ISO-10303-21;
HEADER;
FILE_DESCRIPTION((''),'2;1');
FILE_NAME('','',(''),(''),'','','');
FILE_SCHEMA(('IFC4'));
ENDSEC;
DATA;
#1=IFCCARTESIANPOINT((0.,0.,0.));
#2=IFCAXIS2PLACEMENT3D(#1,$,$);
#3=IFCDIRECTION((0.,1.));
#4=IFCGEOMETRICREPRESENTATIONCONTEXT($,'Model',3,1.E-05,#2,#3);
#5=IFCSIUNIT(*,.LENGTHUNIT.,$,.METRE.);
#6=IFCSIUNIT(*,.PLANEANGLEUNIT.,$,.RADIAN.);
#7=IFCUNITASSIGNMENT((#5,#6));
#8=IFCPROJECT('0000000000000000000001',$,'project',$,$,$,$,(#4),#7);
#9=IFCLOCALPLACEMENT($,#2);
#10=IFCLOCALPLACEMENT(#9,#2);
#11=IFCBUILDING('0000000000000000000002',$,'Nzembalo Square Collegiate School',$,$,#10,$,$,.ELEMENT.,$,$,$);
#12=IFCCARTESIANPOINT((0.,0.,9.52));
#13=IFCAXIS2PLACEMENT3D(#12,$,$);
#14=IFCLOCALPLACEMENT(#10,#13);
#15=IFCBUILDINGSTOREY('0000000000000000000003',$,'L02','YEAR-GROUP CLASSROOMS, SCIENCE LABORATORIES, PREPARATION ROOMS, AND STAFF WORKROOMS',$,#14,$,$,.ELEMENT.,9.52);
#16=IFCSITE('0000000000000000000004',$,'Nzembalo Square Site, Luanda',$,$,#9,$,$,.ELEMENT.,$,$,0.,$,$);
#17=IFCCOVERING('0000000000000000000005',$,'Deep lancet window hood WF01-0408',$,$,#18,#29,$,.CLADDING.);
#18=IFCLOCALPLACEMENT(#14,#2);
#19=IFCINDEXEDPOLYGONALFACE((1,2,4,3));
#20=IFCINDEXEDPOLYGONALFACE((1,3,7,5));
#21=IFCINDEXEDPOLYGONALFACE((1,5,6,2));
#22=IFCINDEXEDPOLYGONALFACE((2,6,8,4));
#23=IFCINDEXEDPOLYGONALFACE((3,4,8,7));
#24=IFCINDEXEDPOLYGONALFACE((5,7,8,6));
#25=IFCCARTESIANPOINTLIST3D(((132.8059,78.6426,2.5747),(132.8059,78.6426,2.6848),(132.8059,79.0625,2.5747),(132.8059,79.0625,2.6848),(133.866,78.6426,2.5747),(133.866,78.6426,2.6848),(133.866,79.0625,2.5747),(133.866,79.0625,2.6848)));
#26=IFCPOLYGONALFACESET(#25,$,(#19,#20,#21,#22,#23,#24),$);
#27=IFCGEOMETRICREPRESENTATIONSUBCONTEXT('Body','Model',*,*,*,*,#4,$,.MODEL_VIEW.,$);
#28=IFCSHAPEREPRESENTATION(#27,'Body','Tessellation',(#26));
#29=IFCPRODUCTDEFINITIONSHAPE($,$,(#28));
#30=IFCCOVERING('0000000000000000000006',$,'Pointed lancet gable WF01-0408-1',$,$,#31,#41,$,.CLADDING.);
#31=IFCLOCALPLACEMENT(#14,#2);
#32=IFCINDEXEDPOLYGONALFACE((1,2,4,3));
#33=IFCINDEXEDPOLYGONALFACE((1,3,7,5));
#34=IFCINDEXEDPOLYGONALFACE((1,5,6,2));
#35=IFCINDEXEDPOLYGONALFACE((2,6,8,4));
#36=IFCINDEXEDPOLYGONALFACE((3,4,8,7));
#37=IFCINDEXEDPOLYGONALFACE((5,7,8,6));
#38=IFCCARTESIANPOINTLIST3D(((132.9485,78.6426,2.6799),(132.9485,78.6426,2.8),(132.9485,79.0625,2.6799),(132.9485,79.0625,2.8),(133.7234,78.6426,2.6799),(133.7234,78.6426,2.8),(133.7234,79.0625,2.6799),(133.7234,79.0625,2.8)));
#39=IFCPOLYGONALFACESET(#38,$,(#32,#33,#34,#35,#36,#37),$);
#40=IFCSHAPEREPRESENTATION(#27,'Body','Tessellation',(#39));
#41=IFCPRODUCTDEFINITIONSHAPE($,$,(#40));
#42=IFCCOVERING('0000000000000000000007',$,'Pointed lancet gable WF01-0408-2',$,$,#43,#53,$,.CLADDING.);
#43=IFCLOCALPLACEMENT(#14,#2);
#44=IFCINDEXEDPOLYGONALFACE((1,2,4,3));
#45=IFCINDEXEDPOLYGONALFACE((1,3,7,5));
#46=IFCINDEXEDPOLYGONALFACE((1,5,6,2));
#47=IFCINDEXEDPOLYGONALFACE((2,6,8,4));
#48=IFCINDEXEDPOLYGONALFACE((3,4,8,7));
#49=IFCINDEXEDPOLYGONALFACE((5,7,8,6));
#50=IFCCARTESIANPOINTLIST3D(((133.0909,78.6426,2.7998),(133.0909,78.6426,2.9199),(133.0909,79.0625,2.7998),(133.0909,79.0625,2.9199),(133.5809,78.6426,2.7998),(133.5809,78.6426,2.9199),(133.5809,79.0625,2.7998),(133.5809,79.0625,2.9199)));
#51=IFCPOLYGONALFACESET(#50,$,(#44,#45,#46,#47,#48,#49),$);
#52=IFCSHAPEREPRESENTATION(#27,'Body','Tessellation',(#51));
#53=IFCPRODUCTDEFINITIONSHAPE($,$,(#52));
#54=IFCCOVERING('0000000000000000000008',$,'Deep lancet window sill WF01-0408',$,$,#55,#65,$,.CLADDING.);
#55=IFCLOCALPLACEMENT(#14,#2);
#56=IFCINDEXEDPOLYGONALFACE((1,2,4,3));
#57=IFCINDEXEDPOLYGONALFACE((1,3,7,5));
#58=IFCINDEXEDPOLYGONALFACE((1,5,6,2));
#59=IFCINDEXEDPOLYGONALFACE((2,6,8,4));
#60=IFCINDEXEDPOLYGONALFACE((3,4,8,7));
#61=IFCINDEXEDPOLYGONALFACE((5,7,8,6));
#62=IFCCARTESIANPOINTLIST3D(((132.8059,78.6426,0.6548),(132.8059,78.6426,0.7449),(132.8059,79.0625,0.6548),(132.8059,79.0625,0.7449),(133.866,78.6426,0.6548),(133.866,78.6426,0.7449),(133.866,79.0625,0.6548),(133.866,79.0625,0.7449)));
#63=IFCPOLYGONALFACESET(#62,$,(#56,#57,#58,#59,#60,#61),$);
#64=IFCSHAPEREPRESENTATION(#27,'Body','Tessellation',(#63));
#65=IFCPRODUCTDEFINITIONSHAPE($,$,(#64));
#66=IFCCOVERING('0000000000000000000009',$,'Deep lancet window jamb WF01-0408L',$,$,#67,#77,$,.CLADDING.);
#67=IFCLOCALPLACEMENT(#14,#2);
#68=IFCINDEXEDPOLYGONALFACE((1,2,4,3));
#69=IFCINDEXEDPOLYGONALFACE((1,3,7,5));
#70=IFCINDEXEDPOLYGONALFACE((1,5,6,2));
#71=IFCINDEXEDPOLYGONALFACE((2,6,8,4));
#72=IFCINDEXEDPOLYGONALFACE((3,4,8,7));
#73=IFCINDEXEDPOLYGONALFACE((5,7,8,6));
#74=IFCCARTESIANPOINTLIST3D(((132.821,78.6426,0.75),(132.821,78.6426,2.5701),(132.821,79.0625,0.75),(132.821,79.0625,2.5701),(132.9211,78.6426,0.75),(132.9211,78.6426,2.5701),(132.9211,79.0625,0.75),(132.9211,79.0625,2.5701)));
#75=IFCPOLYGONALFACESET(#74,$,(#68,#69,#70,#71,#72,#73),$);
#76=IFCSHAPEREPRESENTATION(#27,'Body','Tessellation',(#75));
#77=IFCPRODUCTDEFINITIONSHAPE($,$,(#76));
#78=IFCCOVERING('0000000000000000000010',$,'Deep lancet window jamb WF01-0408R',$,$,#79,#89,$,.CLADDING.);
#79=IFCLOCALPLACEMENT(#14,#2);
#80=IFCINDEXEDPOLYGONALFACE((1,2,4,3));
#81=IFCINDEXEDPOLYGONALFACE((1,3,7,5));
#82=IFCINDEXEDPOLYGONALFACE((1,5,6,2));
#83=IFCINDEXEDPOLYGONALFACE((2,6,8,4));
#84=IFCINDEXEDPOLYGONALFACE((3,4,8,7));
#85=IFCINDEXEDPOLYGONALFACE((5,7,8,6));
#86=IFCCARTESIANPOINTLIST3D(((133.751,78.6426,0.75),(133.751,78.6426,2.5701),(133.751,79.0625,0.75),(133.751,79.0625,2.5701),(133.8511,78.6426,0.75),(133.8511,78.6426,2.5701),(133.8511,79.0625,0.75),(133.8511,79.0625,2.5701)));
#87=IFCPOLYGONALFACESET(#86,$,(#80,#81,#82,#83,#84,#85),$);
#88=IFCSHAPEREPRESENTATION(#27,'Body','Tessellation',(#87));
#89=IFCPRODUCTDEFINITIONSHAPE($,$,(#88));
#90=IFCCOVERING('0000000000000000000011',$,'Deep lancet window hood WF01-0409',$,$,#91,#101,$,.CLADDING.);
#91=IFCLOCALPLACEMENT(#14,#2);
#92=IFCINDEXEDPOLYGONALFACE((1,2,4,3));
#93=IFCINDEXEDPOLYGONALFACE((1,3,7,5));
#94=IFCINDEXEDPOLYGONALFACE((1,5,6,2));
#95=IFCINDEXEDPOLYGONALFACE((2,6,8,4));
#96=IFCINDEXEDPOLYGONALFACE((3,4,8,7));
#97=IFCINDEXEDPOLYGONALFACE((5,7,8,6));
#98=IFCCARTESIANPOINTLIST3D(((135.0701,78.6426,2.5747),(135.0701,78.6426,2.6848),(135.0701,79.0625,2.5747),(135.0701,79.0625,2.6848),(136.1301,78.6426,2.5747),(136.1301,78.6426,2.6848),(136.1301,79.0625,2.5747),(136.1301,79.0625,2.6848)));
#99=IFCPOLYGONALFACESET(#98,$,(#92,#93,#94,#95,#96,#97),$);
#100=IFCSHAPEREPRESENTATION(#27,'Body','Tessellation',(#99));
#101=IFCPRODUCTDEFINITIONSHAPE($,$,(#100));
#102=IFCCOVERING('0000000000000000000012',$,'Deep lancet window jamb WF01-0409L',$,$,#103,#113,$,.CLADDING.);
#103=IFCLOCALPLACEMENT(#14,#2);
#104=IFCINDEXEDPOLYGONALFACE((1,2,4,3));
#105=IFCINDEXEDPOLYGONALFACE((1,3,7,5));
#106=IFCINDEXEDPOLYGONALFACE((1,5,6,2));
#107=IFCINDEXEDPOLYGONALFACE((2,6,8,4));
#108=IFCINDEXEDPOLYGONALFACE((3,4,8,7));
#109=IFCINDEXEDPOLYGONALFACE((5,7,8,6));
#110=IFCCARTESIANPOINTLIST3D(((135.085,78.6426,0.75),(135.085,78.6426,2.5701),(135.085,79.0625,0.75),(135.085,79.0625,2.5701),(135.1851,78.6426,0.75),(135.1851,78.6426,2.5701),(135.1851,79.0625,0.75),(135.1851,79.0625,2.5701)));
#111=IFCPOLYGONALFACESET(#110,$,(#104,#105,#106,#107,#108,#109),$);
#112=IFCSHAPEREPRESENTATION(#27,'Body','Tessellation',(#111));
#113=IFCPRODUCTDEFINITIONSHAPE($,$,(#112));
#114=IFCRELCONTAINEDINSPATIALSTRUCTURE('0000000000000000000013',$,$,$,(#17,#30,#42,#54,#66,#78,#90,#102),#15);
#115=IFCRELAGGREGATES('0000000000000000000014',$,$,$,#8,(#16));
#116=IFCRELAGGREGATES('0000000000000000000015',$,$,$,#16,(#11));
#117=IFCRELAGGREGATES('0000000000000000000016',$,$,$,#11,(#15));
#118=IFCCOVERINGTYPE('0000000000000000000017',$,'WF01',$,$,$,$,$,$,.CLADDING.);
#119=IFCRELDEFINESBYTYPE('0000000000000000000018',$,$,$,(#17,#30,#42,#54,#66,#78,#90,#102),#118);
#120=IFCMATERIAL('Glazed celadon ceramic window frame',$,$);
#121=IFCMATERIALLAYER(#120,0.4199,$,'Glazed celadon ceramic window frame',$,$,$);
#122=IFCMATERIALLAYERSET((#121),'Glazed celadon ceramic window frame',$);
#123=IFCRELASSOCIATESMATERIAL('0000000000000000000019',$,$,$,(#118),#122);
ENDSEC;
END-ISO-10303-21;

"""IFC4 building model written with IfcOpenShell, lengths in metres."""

from ifc_helpers import new_model, si_unit, direction, frame, origin, origin_2d, place, context, subcontext, project, spatial, rectangle, extrude, material, layer, layer_set, type_object, element, save


model = new_model("IFC4")

# Units and contexts
model_context = context("Model", 3, precision=1e-05, world=origin(), true_north=direction((0.0, 1.0)))
body_context = subcontext(model_context, "Body", "Model", "MODEL_VIEW")
ifc_project = project(units=[si_unit("LENGTHUNIT", "METRE"), si_unit("PLANEANGLEUNIT", "RADIAN")], contexts=[model_context])

# Site, building, storey
site_placement = place(None, origin())
site = spatial("IfcSite", under=ifc_project, at=site_placement, Name="Nzembalo Square Site, Luanda", CompositionType="ELEMENT", RefElevation=0.0)
building_placement = place(site_placement, origin())
building = spatial("IfcBuilding", under=site, at=building_placement, Name="Nzembalo Square Collegiate School", CompositionType="ELEMENT")
storey_placement = place(building_placement, frame((0.0, 0.0, 9.52)))
storey = spatial("IfcBuildingStorey", under=building, at=storey_placement, Name="L02", Description="YEAR-GROUP CLASSROOMS, SCIENCE LABORATORIES, PREPARATION ROOMS, AND STAFF WORKROOMS", CompositionType="ELEMENT", Elevation=9.52)

# Coverings
ifc_material_1 = material(Name="Glazed celadon ceramic window frame")
ifc_layer_1 = layer(ifc_material_1, 0.4199, Name="Glazed celadon ceramic window frame")
ifc_layer_set_1 = layer_set([ifc_layer_1], Name="Glazed celadon ceramic window frame")
covering_type_1 = type_object("IfcCoveringType", Name="WF01", PredefinedType="CLADDING", material=ifc_layer_set_1)
covering_1_placement = place(storey_placement, frame((133.3359, 78.8525, 2.5747), z_axis=(0.0, 0.0, 1.0), x_axis=(1.0, 0.0, 0.0)))
element("IfcCovering", 1, at=covering_1_placement, inside=storey, type_object=covering_type_1, Name="Deep lancet window hood WF01-0408", PredefinedType="CLADDING", context=body_context, shape_type="SweptSolid", body=[
    extrude(rectangle(XDim=1.0601, YDim=0.4199, at=origin_2d()), origin(), (0.0, 0.0, 1.0), 0.1101),
])
covering_2_placement = place(storey_placement, frame((133.3359, 78.8525, 2.6799), z_axis=(0.0, 0.0, 1.0), x_axis=(1.0, 0.0, 0.0)))
element("IfcCovering", 2, at=covering_2_placement, inside=storey, type_object=covering_type_1, Name="Pointed lancet gable WF01-0408-1", PredefinedType="CLADDING", context=body_context, shape_type="SweptSolid", body=[
    extrude(rectangle(XDim=0.7749, YDim=0.4199, at=origin_2d()), origin(), (0.0, 0.0, 1.0), 0.1201),
])
covering_3_placement = place(storey_placement, frame((133.3359, 78.8525, 2.7998), z_axis=(0.0, 0.0, 1.0), x_axis=(1.0, 0.0, 0.0)))
element("IfcCovering", 3, at=covering_3_placement, inside=storey, type_object=covering_type_1, Name="Pointed lancet gable WF01-0408-2", PredefinedType="CLADDING", context=body_context, shape_type="SweptSolid", body=[
    extrude(rectangle(XDim=0.49, YDim=0.4199, at=origin_2d()), origin(), (0.0, 0.0, 1.0), 0.1201),
])
covering_4_placement = place(storey_placement, frame((133.3359, 78.8525, 0.6548), z_axis=(0.0, 0.0, 1.0), x_axis=(1.0, 0.0, 0.0)))
element("IfcCovering", 4, at=covering_4_placement, inside=storey, type_object=covering_type_1, Name="Deep lancet window sill WF01-0408", PredefinedType="CLADDING", context=body_context, shape_type="SweptSolid", body=[
    extrude(rectangle(XDim=1.0601, YDim=0.4199, at=origin_2d()), origin(), (0.0, 0.0, 1.0), 0.0901),
])
for number, where, z_axis, x_axis, name in (
    (5, (132.8711, 78.8525, 0.75), (0.0, 0.0, 1.0), (1.0, 0.0, 0.0), "Deep lancet window jamb WF01-0408L"),
    (6, (133.801, 78.8525, 0.75), (0.0, 0.0, 1.0), (1.0, 0.0, 0.0), "Deep lancet window jamb WF01-0408R"),
):
    element("IfcCovering", number, at=place(storey_placement, frame(where, z_axis=z_axis, x_axis=x_axis)), inside=storey, type_object=covering_type_1, Name=name, PredefinedType="CLADDING", context=body_context, shape_type="SweptSolid", body=[
        extrude(rectangle(XDim=0.1001, YDim=0.4199, at=origin_2d()), origin(), (0.0, 0.0, 1.0), 1.8201),
    ])
covering_5_placement = place(storey_placement, frame((135.6001, 78.8525, 2.5747), z_axis=(0.0, 0.0, 1.0), x_axis=(1.0, 0.0, 0.0)))
element("IfcCovering", 7, at=covering_5_placement, inside=storey, type_object=covering_type_1, Name="Deep lancet window hood WF01-0409", PredefinedType="CLADDING", context=body_context, shape_type="SweptSolid", body=[
    extrude(rectangle(XDim=1.0601, YDim=0.4199, at=origin_2d()), origin(), (0.0, 0.0, 1.0), 0.1101),
])
covering_6_placement = place(storey_placement, frame((135.135, 78.8525, 0.75), z_axis=(0.0, 0.0, 1.0), x_axis=(1.0, 0.0, 0.0)))
element("IfcCovering", 8, at=covering_6_placement, inside=storey, type_object=covering_type_1, Name="Deep lancet window jamb WF01-0409L", PredefinedType="CLADDING", context=body_context, shape_type="SweptSolid", body=[
    extrude(rectangle(XDim=0.1001, YDim=0.4199, at=origin_2d()), origin(), (0.0, 0.0, 1.0), 1.8201),
])

save(model, "model.ifc")
